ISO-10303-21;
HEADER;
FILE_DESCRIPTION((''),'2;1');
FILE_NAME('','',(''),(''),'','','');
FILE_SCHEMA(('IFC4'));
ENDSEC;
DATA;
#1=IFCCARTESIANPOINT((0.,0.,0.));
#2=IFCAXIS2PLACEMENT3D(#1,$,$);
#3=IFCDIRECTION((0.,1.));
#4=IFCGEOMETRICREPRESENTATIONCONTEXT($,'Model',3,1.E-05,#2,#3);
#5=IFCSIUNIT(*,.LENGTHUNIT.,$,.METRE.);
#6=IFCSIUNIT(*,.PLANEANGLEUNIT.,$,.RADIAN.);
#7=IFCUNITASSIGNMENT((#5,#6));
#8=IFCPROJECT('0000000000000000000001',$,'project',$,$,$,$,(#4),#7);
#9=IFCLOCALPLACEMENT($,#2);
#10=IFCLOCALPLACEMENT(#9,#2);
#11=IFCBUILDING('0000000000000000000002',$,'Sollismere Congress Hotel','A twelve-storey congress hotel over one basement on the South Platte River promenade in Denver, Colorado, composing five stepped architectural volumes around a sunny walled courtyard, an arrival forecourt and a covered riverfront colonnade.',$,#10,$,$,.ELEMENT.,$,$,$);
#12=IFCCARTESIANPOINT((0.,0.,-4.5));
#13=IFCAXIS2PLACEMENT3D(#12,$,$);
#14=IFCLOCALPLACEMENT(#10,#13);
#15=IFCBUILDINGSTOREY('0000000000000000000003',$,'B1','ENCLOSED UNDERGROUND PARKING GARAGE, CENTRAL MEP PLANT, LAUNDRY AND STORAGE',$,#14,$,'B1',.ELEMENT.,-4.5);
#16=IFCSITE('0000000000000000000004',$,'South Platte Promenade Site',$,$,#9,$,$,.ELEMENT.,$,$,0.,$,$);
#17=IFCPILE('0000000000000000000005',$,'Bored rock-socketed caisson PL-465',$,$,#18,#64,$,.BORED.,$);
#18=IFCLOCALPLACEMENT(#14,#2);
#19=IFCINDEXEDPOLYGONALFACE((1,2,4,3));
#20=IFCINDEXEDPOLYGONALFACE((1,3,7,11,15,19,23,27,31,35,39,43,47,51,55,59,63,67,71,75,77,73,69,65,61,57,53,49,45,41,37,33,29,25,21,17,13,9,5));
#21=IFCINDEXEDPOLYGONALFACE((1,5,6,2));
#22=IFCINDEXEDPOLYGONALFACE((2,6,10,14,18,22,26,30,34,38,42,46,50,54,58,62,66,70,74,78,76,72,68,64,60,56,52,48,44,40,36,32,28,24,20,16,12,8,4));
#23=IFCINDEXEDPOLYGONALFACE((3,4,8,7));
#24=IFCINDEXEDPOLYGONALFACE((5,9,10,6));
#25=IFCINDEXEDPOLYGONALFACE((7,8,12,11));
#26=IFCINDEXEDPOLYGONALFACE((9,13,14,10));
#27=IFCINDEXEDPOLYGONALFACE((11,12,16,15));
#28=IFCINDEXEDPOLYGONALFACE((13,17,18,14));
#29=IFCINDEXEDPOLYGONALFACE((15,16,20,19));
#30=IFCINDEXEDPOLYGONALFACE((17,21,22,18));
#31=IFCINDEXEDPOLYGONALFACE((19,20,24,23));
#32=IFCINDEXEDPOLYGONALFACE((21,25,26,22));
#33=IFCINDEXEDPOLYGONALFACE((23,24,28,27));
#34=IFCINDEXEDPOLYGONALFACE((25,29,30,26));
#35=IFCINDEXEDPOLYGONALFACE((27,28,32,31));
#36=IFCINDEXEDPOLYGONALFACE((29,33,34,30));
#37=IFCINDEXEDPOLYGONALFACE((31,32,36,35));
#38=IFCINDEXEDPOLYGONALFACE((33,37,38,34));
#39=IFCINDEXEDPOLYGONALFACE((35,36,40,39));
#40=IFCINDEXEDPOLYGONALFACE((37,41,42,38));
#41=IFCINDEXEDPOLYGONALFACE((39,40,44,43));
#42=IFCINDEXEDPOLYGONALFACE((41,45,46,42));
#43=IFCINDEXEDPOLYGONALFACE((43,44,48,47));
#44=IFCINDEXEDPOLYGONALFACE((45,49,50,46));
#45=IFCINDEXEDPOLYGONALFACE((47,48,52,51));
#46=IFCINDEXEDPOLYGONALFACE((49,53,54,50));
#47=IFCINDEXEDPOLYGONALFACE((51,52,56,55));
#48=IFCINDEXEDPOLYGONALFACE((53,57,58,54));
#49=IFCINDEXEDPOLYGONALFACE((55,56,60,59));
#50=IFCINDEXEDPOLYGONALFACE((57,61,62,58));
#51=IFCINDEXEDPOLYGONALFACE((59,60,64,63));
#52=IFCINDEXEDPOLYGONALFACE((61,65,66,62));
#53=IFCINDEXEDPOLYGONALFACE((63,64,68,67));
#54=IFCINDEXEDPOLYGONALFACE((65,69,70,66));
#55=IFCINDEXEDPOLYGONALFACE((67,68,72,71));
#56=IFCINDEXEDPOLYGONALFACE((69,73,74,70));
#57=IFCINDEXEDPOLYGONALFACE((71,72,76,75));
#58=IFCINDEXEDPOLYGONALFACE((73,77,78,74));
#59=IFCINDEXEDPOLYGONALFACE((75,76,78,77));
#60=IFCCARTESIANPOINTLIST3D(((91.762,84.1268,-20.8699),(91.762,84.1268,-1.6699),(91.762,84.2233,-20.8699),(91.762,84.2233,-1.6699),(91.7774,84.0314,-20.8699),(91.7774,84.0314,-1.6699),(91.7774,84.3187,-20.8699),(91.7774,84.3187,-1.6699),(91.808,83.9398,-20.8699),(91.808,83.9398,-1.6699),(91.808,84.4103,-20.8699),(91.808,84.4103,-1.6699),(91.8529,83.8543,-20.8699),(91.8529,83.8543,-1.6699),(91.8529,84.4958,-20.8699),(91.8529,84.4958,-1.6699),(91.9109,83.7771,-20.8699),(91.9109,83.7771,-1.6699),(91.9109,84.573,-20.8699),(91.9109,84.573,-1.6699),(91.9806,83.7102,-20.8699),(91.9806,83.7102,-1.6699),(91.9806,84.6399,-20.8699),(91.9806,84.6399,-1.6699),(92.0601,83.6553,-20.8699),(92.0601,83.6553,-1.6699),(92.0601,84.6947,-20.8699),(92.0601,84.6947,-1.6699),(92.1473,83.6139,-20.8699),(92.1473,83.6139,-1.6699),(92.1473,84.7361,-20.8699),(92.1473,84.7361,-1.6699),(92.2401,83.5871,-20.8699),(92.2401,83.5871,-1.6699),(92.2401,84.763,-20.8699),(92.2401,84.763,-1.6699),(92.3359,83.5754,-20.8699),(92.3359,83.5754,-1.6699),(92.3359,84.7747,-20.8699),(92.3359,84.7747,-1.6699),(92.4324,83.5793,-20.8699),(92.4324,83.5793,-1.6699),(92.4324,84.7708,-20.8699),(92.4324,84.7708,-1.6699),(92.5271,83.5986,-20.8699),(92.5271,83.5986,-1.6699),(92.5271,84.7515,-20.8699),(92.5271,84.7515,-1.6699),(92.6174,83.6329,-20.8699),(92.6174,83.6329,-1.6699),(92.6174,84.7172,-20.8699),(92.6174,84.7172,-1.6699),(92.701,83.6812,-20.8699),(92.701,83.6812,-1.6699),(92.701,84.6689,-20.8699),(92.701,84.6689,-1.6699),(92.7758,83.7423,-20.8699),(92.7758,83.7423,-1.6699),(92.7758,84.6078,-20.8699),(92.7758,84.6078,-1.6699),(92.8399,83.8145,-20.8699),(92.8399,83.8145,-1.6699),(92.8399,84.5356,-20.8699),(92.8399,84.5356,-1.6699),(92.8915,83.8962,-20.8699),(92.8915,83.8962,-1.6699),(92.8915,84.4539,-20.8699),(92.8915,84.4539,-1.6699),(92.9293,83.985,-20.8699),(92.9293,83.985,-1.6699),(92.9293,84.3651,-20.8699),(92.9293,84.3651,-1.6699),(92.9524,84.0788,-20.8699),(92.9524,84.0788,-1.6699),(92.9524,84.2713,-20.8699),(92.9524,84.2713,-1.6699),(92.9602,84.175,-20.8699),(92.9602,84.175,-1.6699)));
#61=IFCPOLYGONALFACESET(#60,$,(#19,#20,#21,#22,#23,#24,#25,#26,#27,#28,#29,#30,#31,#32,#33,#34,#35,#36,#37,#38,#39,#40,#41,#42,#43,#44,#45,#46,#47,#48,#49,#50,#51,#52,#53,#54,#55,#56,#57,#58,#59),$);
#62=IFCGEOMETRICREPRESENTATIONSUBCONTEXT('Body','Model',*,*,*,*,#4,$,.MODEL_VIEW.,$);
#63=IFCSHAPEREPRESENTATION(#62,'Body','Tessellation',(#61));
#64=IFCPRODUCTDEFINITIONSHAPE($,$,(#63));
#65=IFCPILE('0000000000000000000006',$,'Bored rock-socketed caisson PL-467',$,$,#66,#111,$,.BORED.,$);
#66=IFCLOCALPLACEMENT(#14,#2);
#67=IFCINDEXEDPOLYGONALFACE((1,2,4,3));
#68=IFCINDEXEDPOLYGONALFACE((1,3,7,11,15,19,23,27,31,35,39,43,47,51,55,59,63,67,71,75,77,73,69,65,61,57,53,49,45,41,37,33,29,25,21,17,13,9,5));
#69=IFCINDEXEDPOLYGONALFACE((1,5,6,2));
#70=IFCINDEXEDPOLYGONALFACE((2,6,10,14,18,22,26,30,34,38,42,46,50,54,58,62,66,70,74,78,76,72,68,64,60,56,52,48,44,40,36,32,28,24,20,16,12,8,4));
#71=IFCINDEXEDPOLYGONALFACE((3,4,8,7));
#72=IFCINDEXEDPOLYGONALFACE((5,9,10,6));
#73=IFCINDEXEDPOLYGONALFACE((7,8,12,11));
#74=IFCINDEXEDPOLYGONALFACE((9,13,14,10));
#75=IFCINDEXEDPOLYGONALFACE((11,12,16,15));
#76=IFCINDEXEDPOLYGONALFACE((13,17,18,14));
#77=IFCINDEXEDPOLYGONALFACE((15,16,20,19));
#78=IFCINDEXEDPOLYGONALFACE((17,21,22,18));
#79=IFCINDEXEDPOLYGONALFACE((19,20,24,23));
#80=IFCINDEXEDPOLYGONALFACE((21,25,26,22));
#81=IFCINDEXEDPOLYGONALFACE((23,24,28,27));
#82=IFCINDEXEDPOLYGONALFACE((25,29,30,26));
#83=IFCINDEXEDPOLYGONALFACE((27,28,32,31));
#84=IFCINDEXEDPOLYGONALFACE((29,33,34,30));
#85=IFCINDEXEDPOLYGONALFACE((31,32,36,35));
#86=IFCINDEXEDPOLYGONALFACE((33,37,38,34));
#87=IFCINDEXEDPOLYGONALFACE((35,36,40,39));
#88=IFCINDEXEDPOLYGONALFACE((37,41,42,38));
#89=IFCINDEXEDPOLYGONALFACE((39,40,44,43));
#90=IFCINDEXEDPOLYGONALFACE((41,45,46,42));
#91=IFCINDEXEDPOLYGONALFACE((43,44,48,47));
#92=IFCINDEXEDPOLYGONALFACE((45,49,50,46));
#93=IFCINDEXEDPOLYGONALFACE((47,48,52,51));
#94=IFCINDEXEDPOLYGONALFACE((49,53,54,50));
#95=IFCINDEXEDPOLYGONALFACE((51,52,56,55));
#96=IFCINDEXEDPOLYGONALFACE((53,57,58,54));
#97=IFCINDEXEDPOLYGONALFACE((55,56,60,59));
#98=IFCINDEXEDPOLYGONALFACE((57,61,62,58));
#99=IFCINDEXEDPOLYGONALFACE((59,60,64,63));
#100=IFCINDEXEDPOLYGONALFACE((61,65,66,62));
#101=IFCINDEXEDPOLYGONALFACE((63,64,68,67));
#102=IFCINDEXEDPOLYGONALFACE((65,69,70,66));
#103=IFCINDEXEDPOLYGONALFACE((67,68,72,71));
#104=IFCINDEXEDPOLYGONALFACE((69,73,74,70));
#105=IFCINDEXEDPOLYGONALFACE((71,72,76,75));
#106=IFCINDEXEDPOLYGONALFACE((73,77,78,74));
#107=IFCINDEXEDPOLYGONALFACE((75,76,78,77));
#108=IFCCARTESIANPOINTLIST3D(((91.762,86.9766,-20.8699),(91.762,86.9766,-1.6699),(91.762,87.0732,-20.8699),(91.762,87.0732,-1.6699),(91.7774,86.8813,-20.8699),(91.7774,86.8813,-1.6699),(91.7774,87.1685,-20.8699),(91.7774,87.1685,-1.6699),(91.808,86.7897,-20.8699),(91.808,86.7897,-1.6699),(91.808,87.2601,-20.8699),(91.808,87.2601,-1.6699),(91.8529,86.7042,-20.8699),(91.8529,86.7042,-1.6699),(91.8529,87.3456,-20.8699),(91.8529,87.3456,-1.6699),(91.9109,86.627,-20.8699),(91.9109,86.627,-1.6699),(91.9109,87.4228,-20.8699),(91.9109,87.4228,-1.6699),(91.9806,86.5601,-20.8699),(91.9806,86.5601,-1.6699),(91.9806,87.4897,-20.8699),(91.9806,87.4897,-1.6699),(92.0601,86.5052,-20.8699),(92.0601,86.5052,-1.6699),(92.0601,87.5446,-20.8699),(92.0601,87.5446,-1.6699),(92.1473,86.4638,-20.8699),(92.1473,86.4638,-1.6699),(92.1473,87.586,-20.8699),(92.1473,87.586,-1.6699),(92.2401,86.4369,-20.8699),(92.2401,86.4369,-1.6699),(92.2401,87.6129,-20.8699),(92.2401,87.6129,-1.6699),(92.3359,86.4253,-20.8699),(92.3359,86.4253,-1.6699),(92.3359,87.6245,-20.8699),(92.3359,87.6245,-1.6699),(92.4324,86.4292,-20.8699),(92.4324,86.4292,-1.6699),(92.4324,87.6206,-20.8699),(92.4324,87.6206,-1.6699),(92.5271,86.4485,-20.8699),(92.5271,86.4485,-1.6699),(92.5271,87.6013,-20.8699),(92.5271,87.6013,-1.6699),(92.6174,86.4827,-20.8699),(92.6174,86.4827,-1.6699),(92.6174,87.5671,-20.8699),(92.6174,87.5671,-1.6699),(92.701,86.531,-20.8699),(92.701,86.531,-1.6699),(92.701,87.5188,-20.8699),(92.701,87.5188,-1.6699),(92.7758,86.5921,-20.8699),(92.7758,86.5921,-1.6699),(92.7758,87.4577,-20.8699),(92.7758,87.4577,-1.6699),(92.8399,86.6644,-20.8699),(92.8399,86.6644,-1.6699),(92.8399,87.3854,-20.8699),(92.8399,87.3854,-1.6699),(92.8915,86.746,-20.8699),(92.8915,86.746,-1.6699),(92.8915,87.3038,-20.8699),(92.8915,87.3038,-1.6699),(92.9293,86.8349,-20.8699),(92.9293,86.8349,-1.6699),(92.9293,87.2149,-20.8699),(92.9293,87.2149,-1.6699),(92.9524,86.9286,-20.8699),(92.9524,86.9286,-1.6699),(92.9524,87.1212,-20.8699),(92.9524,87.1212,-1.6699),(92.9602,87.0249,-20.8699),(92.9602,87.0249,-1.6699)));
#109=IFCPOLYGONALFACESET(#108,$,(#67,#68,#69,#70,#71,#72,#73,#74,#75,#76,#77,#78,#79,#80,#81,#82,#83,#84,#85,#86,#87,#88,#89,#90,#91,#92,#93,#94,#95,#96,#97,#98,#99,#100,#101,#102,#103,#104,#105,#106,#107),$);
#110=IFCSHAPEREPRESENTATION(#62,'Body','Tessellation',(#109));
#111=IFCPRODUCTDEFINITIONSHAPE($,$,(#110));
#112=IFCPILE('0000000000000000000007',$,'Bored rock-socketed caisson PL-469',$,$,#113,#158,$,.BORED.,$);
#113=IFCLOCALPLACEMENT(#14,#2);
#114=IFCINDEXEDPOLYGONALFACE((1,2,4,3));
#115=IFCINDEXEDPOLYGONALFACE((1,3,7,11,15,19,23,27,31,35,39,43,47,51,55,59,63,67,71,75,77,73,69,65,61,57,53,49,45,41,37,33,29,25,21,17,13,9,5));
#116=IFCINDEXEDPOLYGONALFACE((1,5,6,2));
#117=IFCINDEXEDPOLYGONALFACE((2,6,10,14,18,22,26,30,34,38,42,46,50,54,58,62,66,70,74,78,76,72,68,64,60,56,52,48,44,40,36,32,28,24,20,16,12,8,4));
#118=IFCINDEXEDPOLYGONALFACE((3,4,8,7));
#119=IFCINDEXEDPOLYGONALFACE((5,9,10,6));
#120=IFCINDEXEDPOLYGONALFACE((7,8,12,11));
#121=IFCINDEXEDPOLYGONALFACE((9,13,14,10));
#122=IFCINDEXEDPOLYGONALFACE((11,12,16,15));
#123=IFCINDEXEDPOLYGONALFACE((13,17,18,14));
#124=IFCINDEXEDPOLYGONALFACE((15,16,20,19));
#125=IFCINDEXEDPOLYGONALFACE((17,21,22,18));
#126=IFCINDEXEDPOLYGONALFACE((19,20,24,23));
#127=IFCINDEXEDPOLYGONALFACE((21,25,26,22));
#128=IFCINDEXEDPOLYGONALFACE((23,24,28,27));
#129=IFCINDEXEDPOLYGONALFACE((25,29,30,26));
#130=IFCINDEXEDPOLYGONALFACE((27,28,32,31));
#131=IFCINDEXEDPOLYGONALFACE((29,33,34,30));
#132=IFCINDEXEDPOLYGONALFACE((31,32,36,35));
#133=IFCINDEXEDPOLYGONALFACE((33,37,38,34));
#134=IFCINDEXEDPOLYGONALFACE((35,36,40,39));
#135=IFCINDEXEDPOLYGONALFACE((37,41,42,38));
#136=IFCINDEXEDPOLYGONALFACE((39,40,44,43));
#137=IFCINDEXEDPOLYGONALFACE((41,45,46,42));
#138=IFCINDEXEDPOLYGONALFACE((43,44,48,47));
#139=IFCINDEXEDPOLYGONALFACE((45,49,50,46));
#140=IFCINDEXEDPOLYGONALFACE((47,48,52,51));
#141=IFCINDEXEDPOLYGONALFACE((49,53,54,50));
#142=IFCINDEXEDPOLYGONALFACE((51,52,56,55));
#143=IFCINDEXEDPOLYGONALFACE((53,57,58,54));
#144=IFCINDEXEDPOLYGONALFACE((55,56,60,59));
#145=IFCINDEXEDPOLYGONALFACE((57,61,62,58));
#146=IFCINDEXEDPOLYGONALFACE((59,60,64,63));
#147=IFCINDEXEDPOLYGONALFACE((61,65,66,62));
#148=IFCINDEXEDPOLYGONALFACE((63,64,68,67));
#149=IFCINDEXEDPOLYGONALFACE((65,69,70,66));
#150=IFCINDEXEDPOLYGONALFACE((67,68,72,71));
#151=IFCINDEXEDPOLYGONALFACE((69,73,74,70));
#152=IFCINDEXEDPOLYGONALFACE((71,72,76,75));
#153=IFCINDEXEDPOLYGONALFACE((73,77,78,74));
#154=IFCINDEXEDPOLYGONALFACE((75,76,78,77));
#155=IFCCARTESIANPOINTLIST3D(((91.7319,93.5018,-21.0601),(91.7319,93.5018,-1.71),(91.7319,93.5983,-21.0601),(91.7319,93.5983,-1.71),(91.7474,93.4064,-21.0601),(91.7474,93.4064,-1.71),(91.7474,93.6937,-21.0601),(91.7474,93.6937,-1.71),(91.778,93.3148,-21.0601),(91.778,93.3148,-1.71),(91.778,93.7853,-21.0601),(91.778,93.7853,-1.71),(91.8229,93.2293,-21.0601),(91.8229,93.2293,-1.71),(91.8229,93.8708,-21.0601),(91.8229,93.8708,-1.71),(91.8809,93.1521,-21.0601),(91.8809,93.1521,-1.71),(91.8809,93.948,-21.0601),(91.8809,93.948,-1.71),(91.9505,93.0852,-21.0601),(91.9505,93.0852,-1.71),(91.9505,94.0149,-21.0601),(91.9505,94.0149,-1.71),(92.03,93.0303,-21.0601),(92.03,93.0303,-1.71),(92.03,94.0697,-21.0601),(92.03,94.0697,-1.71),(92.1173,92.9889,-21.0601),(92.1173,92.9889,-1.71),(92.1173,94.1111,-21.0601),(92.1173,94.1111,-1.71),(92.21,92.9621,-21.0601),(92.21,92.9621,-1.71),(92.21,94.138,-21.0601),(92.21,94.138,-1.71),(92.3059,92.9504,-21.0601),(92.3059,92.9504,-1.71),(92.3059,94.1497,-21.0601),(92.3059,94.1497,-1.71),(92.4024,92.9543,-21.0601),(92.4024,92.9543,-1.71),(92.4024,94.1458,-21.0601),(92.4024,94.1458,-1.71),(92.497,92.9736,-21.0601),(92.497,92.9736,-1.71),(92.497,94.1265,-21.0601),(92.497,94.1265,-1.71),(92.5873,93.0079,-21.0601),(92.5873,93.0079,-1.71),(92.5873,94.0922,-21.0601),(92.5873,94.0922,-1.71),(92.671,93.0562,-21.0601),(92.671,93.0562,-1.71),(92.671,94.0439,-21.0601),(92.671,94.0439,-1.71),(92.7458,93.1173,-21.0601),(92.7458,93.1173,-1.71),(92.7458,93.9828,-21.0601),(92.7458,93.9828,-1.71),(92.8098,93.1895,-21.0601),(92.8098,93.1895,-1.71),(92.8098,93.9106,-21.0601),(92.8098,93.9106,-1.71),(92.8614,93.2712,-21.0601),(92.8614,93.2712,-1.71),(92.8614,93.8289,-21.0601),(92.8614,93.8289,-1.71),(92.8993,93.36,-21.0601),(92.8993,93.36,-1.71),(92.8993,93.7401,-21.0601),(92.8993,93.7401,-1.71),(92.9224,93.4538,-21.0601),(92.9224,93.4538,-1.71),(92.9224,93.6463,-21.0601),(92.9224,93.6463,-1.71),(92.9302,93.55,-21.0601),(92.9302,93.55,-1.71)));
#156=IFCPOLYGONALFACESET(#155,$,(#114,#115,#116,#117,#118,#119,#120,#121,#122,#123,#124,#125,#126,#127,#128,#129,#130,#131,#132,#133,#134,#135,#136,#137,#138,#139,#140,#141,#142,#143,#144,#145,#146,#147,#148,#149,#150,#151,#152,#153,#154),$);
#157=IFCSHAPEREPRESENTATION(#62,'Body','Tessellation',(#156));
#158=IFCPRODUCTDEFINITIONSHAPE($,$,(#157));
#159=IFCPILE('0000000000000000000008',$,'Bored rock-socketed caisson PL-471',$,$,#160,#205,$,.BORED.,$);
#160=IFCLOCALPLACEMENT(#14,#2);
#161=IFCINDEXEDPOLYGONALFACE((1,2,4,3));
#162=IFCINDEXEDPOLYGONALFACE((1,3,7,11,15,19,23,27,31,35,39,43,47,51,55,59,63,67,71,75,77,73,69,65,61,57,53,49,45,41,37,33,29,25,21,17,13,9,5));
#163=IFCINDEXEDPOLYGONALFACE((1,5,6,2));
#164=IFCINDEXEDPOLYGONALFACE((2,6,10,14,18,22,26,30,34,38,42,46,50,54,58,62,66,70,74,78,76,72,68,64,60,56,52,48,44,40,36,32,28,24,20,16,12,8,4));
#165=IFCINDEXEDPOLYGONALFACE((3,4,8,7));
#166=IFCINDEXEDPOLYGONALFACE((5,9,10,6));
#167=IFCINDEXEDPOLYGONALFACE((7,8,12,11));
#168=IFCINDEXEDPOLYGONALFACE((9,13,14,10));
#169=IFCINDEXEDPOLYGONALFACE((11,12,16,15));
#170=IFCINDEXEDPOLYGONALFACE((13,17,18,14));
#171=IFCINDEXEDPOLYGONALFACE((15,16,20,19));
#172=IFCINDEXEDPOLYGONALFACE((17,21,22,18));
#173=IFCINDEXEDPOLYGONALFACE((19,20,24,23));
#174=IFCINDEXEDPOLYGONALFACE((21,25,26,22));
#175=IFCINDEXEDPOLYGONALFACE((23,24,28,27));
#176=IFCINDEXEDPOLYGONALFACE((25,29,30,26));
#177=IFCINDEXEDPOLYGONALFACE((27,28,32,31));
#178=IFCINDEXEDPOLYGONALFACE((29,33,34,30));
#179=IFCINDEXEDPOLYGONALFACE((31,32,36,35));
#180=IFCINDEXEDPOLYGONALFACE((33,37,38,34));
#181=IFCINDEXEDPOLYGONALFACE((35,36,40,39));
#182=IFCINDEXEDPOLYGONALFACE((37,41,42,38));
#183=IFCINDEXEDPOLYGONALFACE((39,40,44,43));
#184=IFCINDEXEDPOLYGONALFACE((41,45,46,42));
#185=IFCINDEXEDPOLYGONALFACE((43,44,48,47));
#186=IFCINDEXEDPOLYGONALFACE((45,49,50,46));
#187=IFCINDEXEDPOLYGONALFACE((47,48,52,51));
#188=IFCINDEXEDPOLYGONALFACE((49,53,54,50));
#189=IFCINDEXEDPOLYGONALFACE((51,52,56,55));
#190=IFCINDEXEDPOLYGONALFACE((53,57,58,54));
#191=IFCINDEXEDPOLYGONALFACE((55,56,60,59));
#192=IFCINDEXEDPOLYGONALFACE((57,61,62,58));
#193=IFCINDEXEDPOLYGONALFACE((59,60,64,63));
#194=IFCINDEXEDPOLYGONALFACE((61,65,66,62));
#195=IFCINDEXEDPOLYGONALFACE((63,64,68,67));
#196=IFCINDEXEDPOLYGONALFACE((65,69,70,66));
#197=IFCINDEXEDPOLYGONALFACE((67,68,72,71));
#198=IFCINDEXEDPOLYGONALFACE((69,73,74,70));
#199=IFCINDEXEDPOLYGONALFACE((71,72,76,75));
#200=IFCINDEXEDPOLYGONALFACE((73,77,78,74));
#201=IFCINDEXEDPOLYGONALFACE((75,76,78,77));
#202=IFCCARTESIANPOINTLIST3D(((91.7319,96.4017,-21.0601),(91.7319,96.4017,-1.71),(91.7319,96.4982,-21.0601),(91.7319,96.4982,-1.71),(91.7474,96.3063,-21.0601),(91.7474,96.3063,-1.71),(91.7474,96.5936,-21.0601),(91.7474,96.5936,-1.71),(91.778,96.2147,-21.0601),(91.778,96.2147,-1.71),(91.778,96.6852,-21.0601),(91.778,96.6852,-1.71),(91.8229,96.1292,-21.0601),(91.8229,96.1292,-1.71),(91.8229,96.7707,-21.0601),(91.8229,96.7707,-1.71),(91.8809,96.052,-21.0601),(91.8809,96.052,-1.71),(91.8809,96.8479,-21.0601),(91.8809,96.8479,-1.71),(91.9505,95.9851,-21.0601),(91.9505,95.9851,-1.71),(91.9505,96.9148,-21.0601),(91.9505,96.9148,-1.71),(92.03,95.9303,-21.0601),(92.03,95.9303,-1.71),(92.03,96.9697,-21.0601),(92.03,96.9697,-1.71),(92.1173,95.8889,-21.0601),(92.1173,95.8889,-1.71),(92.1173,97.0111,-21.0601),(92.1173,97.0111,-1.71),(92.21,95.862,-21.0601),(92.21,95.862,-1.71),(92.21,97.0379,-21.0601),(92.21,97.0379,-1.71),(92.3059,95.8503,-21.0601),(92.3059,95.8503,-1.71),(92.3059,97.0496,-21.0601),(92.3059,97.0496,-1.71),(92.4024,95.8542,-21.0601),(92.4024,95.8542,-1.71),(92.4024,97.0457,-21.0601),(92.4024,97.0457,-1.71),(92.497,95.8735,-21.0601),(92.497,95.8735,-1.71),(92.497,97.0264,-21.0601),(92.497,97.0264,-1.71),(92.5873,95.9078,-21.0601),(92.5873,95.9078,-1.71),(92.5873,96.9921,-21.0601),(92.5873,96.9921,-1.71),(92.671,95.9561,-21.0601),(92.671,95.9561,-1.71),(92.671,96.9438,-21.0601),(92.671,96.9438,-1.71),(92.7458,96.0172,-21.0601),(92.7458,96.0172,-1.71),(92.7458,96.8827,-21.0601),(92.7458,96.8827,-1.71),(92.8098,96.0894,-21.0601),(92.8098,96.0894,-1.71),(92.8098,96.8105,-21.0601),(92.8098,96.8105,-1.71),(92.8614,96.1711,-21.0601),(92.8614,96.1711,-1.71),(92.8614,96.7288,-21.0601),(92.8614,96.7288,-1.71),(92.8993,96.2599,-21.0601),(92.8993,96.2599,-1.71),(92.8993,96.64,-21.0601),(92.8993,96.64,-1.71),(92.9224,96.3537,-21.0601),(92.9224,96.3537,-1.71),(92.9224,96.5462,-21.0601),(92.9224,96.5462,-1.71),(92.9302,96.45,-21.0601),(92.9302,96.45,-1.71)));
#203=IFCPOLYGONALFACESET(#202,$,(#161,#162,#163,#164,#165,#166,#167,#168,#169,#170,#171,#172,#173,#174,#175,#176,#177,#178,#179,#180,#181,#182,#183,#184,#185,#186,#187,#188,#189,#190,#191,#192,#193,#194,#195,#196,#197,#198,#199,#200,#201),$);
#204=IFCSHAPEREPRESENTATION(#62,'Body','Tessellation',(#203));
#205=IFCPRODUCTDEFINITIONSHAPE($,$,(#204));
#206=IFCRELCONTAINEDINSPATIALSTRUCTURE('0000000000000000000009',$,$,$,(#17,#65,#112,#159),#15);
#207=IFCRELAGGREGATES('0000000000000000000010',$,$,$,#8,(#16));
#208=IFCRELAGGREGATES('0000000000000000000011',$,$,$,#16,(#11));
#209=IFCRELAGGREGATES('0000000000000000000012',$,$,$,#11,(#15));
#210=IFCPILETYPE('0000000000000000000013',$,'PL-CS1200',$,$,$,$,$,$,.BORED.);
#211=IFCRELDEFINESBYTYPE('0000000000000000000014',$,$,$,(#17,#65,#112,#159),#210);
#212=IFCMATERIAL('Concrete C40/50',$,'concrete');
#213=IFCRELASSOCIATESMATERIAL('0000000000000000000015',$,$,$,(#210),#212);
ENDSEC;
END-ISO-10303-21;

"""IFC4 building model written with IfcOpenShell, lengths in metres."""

from ifc_helpers import new_model, si_unit, direction, frame, origin, origin_2d, place, context, subcontext, project, spatial, circle, extrude, material, material_profile, profile_set, type_object, element, save


model = new_model("IFC4")

# Units and contexts
model_context = context("Model", 3, precision=1e-05, world=origin(), true_north=direction((0.0, 1.0)))
body_context = subcontext(model_context, "Body", "Model", "MODEL_VIEW")
ifc_project = project(units=[si_unit("LENGTHUNIT", "METRE"), si_unit("PLANEANGLEUNIT", "RADIAN")], contexts=[model_context])

# Site, building, storey
site_placement = place(None, origin())
site = spatial("IfcSite", under=ifc_project, at=site_placement, Name="South Platte Promenade Site", CompositionType="ELEMENT", RefElevation=0.0)
building_placement = place(site_placement, origin())
building = spatial("IfcBuilding", under=site, at=building_placement, Name="Sollismere Congress Hotel", Description="A twelve-storey congress hotel over one basement on the South Platte River promenade in Denver, Colorado, composing five stepped architectural volumes around a sunny walled courtyard, an arrival forecourt and a covered riverfront colonnade.", CompositionType="ELEMENT")
storey_placement = place(building_placement, frame((0.0, 0.0, -4.5)))
storey = spatial("IfcBuildingStorey", under=building, at=storey_placement, Name="B1", Description="ENCLOSED UNDERGROUND PARKING GARAGE, CENTRAL MEP PLANT, LAUNDRY AND STORAGE", LongName="B1", CompositionType="ELEMENT", Elevation=-4.5)

# Shared definitions
ifc_material_1 = material(Name="Concrete C40/50", Category="concrete")

# Piles
ifc_material_profile_1 = material_profile(ifc_material_1, circle(Radius=0.6001, at=origin_2d()), Name="CAISSON1200")
ifc_profile_set_1 = profile_set([ifc_material_profile_1], Name="Concrete C40/50")
pile_type = type_object("IfcPileType", Name="PL-CS1200", PredefinedType="BORED", material=ifc_profile_set_1)
for number, where, z_axis, x_axis, name in (
    (1, (92.3601, 84.175, -1.6699), (0.0, 0.0, -1.0), (1.0, 0.0, 0.0), "Bored rock-socketed caisson PL-465"),
    (2, (92.3601, 87.0249, -1.6699), (0.0, 0.0, -1.0), (1.0, 0.0, 0.0), "Bored rock-socketed caisson PL-467"),
):
    element("IfcPile", number, at=place(storey_placement, frame(where, z_axis=z_axis, x_axis=x_axis)), inside=storey, type_object=pile_type, Name=name, PredefinedType="BORED", context=body_context, shape_type="SweptSolid", body=[
        extrude(circle(Radius=0.6001, at=origin_2d()), origin(), (0.0, 0.0, 1.0), 19.2),
    ])
for number, where, z_axis, x_axis, name in (
    (3, (92.3301, 93.55, -1.71), (0.0, 0.0, -1.0), (1.0, 0.0, 0.0), "Bored rock-socketed caisson PL-469"),
    (4, (92.3301, 96.45, -1.71), (0.0, 0.0, -1.0), (1.0, 0.0, 0.0), "Bored rock-socketed caisson PL-471"),
):
    element("IfcPile", number, at=place(storey_placement, frame(where, z_axis=z_axis, x_axis=x_axis)), inside=storey, type_object=pile_type, Name=name, PredefinedType="BORED", context=body_context, shape_type="SweptSolid", body=[
        extrude(circle(Radius=0.6001, at=origin_2d()), origin(), (0.0, 0.0, 1.0), 19.3501),
    ])

save(model, "model.ifc")
